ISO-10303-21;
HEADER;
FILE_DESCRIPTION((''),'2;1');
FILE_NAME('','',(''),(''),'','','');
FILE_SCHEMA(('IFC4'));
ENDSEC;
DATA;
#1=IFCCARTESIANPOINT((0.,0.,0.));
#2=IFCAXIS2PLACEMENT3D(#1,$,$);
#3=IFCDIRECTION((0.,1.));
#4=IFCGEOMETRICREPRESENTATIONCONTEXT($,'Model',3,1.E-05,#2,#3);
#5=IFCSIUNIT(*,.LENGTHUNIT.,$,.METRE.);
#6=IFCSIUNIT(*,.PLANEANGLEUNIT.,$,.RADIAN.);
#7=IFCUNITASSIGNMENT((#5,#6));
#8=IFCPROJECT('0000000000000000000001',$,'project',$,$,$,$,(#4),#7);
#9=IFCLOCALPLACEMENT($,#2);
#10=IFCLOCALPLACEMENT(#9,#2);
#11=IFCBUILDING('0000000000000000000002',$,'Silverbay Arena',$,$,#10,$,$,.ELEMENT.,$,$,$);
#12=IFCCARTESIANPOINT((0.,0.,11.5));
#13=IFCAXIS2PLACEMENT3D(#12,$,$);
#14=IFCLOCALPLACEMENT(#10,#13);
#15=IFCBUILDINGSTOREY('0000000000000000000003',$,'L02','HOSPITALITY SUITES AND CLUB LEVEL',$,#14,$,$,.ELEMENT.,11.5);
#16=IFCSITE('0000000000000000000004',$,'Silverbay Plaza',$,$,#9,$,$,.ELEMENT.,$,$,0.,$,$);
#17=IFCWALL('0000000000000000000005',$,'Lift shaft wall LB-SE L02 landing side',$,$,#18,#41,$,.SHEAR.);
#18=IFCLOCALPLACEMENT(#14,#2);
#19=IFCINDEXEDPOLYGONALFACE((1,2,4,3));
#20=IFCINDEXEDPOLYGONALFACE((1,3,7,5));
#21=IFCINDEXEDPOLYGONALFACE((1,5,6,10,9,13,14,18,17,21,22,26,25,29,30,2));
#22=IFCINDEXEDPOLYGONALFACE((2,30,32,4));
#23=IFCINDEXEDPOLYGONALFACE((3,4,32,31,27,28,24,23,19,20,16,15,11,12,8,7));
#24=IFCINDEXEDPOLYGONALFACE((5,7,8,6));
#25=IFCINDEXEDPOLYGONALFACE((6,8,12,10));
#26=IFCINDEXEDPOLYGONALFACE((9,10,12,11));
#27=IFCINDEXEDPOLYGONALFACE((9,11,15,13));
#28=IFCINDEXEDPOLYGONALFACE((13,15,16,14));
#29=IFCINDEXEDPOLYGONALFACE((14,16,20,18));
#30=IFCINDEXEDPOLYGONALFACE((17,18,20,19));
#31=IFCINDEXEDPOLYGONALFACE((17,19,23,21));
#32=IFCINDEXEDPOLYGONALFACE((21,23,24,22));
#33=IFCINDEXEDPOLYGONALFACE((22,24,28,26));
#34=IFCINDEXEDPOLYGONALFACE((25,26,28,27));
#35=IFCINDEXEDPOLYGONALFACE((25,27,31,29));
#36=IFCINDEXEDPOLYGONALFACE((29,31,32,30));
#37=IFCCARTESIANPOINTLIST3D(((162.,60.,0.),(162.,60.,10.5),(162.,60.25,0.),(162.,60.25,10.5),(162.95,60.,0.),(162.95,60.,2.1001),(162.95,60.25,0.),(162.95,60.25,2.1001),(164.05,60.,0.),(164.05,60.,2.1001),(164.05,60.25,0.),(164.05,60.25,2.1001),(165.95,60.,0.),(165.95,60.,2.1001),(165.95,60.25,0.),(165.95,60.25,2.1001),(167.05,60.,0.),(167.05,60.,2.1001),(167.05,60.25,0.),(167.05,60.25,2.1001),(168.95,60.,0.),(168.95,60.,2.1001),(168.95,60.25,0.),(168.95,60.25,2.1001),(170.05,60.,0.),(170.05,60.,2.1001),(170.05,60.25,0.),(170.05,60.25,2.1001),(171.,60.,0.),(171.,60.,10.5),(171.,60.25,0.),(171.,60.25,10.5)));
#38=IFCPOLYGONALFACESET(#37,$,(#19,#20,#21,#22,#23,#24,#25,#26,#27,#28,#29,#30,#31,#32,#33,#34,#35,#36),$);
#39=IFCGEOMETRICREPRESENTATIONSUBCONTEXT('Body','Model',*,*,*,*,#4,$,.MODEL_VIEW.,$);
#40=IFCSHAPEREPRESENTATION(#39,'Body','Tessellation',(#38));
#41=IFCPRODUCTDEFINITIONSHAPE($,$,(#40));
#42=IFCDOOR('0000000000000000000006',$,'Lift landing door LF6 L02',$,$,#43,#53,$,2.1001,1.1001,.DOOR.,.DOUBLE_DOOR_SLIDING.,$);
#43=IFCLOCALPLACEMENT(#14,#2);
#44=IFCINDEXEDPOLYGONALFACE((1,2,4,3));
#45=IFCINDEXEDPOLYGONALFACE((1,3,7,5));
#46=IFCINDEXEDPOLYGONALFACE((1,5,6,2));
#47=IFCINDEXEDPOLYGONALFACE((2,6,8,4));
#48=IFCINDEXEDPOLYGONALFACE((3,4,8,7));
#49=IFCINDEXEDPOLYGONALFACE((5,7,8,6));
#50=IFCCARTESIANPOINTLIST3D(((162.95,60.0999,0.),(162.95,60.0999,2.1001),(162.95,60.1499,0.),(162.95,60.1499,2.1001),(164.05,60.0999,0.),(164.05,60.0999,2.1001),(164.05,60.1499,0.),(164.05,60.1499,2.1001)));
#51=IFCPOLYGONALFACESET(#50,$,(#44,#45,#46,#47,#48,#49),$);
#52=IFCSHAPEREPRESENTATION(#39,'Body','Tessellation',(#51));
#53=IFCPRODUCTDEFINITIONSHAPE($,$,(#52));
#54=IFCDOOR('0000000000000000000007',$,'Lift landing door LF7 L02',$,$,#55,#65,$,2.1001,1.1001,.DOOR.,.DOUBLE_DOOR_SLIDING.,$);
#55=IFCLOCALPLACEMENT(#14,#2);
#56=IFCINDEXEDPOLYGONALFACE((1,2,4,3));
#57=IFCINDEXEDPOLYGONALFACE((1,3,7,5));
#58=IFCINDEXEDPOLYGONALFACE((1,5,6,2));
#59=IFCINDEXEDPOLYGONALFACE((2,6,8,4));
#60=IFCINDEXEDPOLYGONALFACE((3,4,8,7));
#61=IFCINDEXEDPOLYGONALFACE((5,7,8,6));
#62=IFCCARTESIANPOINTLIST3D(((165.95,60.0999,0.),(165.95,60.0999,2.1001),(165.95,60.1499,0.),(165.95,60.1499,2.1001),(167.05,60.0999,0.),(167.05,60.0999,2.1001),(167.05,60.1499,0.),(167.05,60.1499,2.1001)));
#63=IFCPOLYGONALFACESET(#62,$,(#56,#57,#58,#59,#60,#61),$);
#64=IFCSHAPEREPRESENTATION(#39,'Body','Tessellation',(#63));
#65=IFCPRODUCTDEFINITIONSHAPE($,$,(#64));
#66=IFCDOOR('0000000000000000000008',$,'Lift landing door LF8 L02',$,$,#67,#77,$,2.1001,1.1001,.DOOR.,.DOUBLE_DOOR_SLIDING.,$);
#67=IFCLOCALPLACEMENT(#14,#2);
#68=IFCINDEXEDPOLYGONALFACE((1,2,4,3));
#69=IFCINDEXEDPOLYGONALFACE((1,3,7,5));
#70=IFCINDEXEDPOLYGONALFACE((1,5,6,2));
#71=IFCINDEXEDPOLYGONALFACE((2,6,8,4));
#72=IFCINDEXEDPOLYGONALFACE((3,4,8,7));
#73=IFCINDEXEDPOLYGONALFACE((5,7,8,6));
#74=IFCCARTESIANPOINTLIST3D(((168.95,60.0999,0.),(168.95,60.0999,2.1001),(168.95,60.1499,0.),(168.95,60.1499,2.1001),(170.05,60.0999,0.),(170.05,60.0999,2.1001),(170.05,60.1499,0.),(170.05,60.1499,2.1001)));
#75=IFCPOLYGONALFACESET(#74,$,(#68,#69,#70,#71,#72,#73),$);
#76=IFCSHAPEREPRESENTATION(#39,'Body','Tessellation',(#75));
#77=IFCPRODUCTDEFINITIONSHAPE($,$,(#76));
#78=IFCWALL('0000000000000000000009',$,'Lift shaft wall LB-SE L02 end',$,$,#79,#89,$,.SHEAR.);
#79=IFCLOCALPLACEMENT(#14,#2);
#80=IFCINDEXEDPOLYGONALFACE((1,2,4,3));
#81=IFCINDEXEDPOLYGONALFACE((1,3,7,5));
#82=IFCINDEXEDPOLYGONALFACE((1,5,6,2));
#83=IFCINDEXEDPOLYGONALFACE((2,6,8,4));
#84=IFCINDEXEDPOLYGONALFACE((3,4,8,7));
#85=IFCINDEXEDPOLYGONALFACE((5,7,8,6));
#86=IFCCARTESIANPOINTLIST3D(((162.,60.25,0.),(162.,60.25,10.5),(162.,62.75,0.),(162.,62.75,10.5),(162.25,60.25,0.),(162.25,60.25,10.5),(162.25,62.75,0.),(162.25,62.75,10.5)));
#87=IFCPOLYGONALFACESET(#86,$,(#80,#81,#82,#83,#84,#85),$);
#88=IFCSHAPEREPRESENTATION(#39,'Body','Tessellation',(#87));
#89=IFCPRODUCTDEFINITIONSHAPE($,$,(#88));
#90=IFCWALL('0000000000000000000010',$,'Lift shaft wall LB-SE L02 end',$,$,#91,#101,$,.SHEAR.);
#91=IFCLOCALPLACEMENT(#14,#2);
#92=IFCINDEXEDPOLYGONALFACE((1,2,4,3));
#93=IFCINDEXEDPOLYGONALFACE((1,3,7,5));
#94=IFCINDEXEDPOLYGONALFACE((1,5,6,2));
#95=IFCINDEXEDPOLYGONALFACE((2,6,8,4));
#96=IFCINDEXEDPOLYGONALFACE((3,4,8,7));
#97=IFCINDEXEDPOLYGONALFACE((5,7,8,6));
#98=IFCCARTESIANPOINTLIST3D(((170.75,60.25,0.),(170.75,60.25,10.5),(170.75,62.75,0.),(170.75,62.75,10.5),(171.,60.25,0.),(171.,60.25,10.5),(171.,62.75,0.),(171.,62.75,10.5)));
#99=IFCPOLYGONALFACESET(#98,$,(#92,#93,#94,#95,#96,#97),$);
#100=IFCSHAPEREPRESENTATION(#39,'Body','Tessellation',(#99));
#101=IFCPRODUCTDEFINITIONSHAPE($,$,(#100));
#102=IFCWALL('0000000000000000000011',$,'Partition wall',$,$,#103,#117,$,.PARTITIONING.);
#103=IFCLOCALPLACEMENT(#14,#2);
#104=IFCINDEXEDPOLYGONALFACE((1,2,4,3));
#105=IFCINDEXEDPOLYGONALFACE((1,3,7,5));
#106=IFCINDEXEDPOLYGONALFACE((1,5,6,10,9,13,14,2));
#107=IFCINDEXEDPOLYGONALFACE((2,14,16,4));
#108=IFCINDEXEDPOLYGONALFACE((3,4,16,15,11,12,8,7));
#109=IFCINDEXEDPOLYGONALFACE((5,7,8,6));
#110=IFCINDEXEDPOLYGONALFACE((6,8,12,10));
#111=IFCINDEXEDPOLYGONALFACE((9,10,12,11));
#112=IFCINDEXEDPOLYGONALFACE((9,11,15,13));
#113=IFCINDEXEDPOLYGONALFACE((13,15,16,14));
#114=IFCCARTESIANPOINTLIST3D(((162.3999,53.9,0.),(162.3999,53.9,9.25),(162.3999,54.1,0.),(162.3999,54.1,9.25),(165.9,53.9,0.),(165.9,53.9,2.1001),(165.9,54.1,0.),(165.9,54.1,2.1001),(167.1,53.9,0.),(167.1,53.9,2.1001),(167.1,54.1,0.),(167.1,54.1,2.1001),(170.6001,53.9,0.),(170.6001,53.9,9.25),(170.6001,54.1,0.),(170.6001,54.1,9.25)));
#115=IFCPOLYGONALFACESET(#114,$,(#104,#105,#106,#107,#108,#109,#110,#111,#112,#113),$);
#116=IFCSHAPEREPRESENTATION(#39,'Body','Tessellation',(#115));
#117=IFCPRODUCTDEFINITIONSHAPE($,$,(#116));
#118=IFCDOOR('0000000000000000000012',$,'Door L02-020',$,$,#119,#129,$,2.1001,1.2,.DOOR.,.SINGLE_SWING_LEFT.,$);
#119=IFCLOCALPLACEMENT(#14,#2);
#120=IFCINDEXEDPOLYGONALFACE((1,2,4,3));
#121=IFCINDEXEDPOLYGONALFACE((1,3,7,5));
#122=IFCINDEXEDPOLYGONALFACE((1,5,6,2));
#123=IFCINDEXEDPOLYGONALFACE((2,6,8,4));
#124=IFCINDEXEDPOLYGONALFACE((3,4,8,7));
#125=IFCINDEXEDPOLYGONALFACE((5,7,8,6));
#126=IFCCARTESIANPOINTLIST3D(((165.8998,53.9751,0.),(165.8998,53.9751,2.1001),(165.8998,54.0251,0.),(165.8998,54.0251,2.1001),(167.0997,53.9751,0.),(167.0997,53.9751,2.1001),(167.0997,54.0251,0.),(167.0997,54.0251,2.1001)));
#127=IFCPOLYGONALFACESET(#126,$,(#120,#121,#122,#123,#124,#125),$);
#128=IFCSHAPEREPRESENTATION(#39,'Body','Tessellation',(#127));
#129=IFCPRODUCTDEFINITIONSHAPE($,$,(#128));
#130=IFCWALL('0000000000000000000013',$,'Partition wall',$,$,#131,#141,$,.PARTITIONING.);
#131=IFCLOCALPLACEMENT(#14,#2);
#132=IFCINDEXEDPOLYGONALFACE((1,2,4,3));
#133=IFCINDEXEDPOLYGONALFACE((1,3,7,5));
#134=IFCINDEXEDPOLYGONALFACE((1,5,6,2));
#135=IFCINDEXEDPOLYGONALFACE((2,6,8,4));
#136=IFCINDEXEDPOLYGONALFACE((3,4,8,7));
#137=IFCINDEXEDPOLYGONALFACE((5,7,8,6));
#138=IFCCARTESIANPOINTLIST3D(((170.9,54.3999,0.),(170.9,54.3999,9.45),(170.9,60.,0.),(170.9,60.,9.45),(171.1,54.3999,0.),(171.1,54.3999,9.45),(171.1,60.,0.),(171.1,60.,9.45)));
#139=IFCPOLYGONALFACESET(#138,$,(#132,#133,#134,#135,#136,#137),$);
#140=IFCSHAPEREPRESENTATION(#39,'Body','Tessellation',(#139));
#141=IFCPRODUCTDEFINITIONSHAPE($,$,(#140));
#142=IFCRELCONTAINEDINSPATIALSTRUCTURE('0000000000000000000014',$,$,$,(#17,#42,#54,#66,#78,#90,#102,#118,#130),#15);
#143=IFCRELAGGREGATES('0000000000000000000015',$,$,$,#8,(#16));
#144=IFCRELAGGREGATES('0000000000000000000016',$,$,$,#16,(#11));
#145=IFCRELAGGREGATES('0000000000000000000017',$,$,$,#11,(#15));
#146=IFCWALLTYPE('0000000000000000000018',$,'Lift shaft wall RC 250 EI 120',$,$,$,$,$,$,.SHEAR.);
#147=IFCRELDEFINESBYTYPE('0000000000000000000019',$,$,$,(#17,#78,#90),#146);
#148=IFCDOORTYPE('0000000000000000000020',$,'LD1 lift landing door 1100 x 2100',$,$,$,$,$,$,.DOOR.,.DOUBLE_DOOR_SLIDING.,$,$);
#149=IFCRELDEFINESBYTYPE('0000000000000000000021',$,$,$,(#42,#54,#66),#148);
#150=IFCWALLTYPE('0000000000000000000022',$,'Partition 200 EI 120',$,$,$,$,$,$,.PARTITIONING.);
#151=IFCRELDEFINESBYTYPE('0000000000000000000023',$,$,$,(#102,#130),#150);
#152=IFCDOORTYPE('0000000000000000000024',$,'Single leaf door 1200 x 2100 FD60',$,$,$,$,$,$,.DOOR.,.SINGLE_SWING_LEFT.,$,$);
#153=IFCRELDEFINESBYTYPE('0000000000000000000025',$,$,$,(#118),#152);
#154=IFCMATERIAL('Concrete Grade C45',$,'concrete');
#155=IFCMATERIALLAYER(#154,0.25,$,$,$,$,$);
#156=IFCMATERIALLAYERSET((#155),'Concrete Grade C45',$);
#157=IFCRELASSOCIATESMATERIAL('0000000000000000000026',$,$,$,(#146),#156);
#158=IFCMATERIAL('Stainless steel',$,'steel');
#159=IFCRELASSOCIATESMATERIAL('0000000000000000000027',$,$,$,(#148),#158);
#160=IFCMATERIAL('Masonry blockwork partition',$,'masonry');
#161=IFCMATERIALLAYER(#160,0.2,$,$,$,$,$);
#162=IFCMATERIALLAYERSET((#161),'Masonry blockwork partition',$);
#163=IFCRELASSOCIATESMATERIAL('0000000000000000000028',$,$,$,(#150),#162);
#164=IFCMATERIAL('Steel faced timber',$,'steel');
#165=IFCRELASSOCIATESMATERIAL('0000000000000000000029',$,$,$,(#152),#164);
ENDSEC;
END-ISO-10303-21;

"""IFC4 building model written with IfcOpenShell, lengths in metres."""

from ifc_helpers import new_model, si_unit, direction, frame, frame_2d, origin, place, context, subcontext, project, spatial, rectangle, extrude, material, layer, layer_set, type_object, element, fill, save


model = new_model("IFC4")

# Units and contexts
model_context = context("Model", 3, precision=1e-05, world=origin(), true_north=direction((0.0, 1.0)))
body_context = subcontext(model_context, "Body", "Model", "MODEL_VIEW")
ifc_project = project(units=[si_unit("LENGTHUNIT", "METRE"), si_unit("PLANEANGLEUNIT", "RADIAN")], contexts=[model_context])

# Site, building, storey
site_placement = place(None, origin())
site = spatial("IfcSite", under=ifc_project, at=site_placement, Name="Silverbay Plaza", CompositionType="ELEMENT", RefElevation=0.0)
building_placement = place(site_placement, origin())
building = spatial("IfcBuilding", under=site, at=building_placement, Name="Silverbay Arena", CompositionType="ELEMENT")
storey_placement = place(building_placement, frame((0.0, 0.0, 11.5)))
storey = spatial("IfcBuildingStorey", under=building, at=storey_placement, Name="L02", Description="HOSPITALITY SUITES AND CLUB LEVEL", CompositionType="ELEMENT", Elevation=11.5)

# Wall, openings, doors
ifc_material_1 = material(Name="Concrete Grade C45", Category="concrete")
ifc_layer_1 = layer(ifc_material_1, 0.25)
ifc_layer_set_1 = layer_set([ifc_layer_1], Name="Concrete Grade C45")
wall_type_1 = type_object("IfcWallType", Name="Lift shaft wall RC 250 EI 120", PredefinedType="SHEAR", material=ifc_layer_set_1)
wall_1_placement = place(storey_placement, frame((162.0, 60.125, 0.0), z_axis=(0.0, 0.0, 1.0), x_axis=(1.0, 0.0, 0.0)))
wall_1 = element("IfcWall", 1, at=wall_1_placement, inside=storey, type_object=wall_type_1, Name="Lift shaft wall LB-SE L02 landing side", PredefinedType="SHEAR", context=body_context, shape_type="SweptSolid", body=[
    extrude(rectangle(XDim=9.0, YDim=0.25, at=frame_2d((4.5, 0.0))), origin(), (0.0, 0.0, 1.0), 10.5),
])
opening_1_placement = place(wall_1_placement, frame((0.95, 0.0, 0.0)))
opening_1 = element("IfcOpeningElement", 2, at=opening_1_placement, cuts=wall_1, PredefinedType="OPENING", context=body_context, shape_type="SweptSolid", body=[
    extrude(rectangle(XDim=1.1001, YDim=2.1001, at=frame_2d((0.55, 1.05))), frame((0.0, 0.135, 0.0), z_axis=(0.0, -1.0, 0.0), x_axis=(1.0, 0.0, 0.0)), (0.0, 0.0, 1.0), 0.27),
])
opening_2_placement = place(wall_1_placement, frame((3.95, 0.0, 0.0)))
opening_2 = element("IfcOpeningElement", 3, at=opening_2_placement, cuts=wall_1, PredefinedType="OPENING", context=body_context, shape_type="SweptSolid", body=[
    extrude(rectangle(XDim=1.1001, YDim=2.1001, at=frame_2d((0.55, 1.05))), frame((0.0, 0.135, 0.0), z_axis=(0.0, -1.0, 0.0), x_axis=(1.0, 0.0, 0.0)), (0.0, 0.0, 1.0), 0.27),
])
opening_3_placement = place(wall_1_placement, frame((6.95, 0.0, 0.0)))
opening_3 = element("IfcOpeningElement", 4, at=opening_3_placement, cuts=wall_1, PredefinedType="OPENING", context=body_context, shape_type="SweptSolid", body=[
    extrude(rectangle(XDim=1.1001, YDim=2.1001, at=frame_2d((0.55, 1.05))), frame((0.0, 0.135, 0.0), z_axis=(0.0, -1.0, 0.0), x_axis=(1.0, 0.0, 0.0)), (0.0, 0.0, 1.0), 0.27),
])
ifc_material_2 = material(Name="Stainless steel", Category="steel")
door_type_1 = type_object("IfcDoorType", Name="LD1 lift landing door 1100 x 2100", OperationType="DOUBLE_DOOR_SLIDING", PredefinedType="DOOR", material=ifc_material_2)
door_1_placement = place(opening_1_placement, origin())
door_1 = element("IfcDoor", 5, at=door_1_placement, inside=storey, type_object=door_type_1, Name="Lift landing door LF6 L02", OperationType="DOUBLE_DOOR_SLIDING", OverallHeight=2.1001, OverallWidth=1.1001, PredefinedType="DOOR", context=body_context, shape_type="SweptSolid", body=[
    extrude(rectangle(XDim=1.1001, YDim=2.1001, at=frame_2d((0.55, 1.05))), frame((0.0, 0.0249, 0.0), z_axis=(0.0, -1.0, 0.0), x_axis=(1.0, 0.0, 0.0)), (0.0, 0.0, 1.0), 0.05),
])
fill(opening_1, door_1)
door_2_placement = place(opening_2_placement, origin())
door_2 = element("IfcDoor", 6, at=door_2_placement, inside=storey, type_object=door_type_1, Name="Lift landing door LF7 L02", OperationType="DOUBLE_DOOR_SLIDING", OverallHeight=2.1001, OverallWidth=1.1001, PredefinedType="DOOR", context=body_context, shape_type="SweptSolid", body=[
    extrude(rectangle(XDim=1.1001, YDim=2.1001, at=frame_2d((0.55, 1.05))), frame((0.0, 0.0249, 0.0), z_axis=(0.0, -1.0, 0.0), x_axis=(1.0, 0.0, 0.0)), (0.0, 0.0, 1.0), 0.05),
])
fill(opening_2, door_2)
door_3_placement = place(opening_3_placement, origin())
door_3 = element("IfcDoor", 7, at=door_3_placement, inside=storey, type_object=door_type_1, Name="Lift landing door LF8 L02", OperationType="DOUBLE_DOOR_SLIDING", OverallHeight=2.1001, OverallWidth=1.1001, PredefinedType="DOOR", context=body_context, shape_type="SweptSolid", body=[
    extrude(rectangle(XDim=1.1001, YDim=2.1001, at=frame_2d((0.55, 1.05))), frame((0.0, 0.0249, 0.0), z_axis=(0.0, -1.0, 0.0), x_axis=(1.0, 0.0, 0.0)), (0.0, 0.0, 1.0), 0.05),
])
fill(opening_3, door_3)

# Walls
for number, where, z_axis, x_axis, name in (
    (8, (162.125, 60.25, 0.0), (0.0, 0.0, 1.0), (0.0, 1.0, 0.0), "Lift shaft wall LB-SE L02 end"),
    (9, (170.875, 60.25, 0.0), (0.0, 0.0, 1.0), (0.0, 1.0, 0.0), "Lift shaft wall LB-SE L02 end"),
):
    element("IfcWall", number, at=place(storey_placement, frame(where, z_axis=z_axis, x_axis=x_axis)), inside=storey, type_object=wall_type_1, Name=name, PredefinedType="SHEAR", context=body_context, shape_type="SweptSolid", body=[
        extrude(rectangle(XDim=2.5, YDim=0.25, at=frame_2d((1.25, 0.0))), origin(), (0.0, 0.0, 1.0), 10.5),
    ])

# Wall, opening, door
ifc_material_3 = material(Name="Masonry blockwork partition", Category="masonry")
ifc_layer_2 = layer(ifc_material_3, 0.2)
ifc_layer_set_2 = layer_set([ifc_layer_2], Name="Masonry blockwork partition")
wall_type_2 = type_object("IfcWallType", Name="Partition 200 EI 120", PredefinedType="PARTITIONING", material=ifc_layer_set_2)
wall_2_placement = place(storey_placement, frame((162.3999, 54.0, 0.0), z_axis=(0.0, 0.0, 1.0), x_axis=(1.0, 0.0, 0.0)))
wall_2 = element("IfcWall", 10, at=wall_2_placement, inside=storey, type_object=wall_type_2, Name="Partition wall", PredefinedType="PARTITIONING", context=body_context, shape_type="SweptSolid", body=[
    extrude(rectangle(XDim=8.2002, YDim=0.2, at=frame_2d((4.1001, 0.0))), origin(), (0.0, 0.0, 1.0), 9.25),
])
opening_4_placement = place(wall_2_placement, frame((3.5, 0.0, 0.0)))
opening_4 = element("IfcOpeningElement", 11, at=opening_4_placement, cuts=wall_2, PredefinedType="OPENING", context=body_context, shape_type="SweptSolid", body=[
    extrude(rectangle(XDim=1.2, YDim=2.1001, at=frame_2d((0.6001, 1.05))), frame((0.0, 0.1099, 0.0), z_axis=(0.0, -1.0, 0.0), x_axis=(1.0, 0.0, 0.0)), (0.0, 0.0, 1.0), 0.22),
])
ifc_material_4 = material(Name="Steel faced timber", Category="steel")
door_type_2 = type_object("IfcDoorType", Name="Single leaf door 1200 x 2100 FD60", OperationType="SINGLE_SWING_LEFT", PredefinedType="DOOR", material=ifc_material_4)
door_4_placement = place(opening_4_placement, frame((1.2, 0.0, 0.0), z_axis=(0.0, 0.0, 1.0), x_axis=(-1.0, 0.0, 0.0)))
door_4 = element("IfcDoor", 12, at=door_4_placement, inside=storey, type_object=door_type_2, Name="Door L02-020", OperationType="SINGLE_SWING_LEFT", OverallHeight=2.1001, OverallWidth=1.2, PredefinedType="DOOR", context=body_context, shape_type="SweptSolid", body=[
    extrude(rectangle(XDim=1.2, YDim=2.1001, at=frame_2d((0.6001, 1.05))), frame((0.0, 0.0249, 0.0), z_axis=(0.0, -1.0, 0.0), x_axis=(1.0, 0.0, 0.0)), (0.0, 0.0, 1.0), 0.05),
])
fill(opening_4, door_4)

# Wall
wall_3_placement = place(storey_placement, frame((171.0, 54.3999, 0.0), z_axis=(0.0, 0.0, 1.0), x_axis=(0.0, 1.0, 0.0)))
element("IfcWall", 13, at=wall_3_placement, inside=storey, type_object=wall_type_2, Name="Partition wall", PredefinedType="PARTITIONING", context=body_context, shape_type="SweptSolid", body=[
    extrude(rectangle(XDim=5.6001, YDim=0.2, at=frame_2d((2.8, 0.0))), origin(), (0.0, 0.0, 1.0), 9.45),
])

save(model, "model.ifc")
